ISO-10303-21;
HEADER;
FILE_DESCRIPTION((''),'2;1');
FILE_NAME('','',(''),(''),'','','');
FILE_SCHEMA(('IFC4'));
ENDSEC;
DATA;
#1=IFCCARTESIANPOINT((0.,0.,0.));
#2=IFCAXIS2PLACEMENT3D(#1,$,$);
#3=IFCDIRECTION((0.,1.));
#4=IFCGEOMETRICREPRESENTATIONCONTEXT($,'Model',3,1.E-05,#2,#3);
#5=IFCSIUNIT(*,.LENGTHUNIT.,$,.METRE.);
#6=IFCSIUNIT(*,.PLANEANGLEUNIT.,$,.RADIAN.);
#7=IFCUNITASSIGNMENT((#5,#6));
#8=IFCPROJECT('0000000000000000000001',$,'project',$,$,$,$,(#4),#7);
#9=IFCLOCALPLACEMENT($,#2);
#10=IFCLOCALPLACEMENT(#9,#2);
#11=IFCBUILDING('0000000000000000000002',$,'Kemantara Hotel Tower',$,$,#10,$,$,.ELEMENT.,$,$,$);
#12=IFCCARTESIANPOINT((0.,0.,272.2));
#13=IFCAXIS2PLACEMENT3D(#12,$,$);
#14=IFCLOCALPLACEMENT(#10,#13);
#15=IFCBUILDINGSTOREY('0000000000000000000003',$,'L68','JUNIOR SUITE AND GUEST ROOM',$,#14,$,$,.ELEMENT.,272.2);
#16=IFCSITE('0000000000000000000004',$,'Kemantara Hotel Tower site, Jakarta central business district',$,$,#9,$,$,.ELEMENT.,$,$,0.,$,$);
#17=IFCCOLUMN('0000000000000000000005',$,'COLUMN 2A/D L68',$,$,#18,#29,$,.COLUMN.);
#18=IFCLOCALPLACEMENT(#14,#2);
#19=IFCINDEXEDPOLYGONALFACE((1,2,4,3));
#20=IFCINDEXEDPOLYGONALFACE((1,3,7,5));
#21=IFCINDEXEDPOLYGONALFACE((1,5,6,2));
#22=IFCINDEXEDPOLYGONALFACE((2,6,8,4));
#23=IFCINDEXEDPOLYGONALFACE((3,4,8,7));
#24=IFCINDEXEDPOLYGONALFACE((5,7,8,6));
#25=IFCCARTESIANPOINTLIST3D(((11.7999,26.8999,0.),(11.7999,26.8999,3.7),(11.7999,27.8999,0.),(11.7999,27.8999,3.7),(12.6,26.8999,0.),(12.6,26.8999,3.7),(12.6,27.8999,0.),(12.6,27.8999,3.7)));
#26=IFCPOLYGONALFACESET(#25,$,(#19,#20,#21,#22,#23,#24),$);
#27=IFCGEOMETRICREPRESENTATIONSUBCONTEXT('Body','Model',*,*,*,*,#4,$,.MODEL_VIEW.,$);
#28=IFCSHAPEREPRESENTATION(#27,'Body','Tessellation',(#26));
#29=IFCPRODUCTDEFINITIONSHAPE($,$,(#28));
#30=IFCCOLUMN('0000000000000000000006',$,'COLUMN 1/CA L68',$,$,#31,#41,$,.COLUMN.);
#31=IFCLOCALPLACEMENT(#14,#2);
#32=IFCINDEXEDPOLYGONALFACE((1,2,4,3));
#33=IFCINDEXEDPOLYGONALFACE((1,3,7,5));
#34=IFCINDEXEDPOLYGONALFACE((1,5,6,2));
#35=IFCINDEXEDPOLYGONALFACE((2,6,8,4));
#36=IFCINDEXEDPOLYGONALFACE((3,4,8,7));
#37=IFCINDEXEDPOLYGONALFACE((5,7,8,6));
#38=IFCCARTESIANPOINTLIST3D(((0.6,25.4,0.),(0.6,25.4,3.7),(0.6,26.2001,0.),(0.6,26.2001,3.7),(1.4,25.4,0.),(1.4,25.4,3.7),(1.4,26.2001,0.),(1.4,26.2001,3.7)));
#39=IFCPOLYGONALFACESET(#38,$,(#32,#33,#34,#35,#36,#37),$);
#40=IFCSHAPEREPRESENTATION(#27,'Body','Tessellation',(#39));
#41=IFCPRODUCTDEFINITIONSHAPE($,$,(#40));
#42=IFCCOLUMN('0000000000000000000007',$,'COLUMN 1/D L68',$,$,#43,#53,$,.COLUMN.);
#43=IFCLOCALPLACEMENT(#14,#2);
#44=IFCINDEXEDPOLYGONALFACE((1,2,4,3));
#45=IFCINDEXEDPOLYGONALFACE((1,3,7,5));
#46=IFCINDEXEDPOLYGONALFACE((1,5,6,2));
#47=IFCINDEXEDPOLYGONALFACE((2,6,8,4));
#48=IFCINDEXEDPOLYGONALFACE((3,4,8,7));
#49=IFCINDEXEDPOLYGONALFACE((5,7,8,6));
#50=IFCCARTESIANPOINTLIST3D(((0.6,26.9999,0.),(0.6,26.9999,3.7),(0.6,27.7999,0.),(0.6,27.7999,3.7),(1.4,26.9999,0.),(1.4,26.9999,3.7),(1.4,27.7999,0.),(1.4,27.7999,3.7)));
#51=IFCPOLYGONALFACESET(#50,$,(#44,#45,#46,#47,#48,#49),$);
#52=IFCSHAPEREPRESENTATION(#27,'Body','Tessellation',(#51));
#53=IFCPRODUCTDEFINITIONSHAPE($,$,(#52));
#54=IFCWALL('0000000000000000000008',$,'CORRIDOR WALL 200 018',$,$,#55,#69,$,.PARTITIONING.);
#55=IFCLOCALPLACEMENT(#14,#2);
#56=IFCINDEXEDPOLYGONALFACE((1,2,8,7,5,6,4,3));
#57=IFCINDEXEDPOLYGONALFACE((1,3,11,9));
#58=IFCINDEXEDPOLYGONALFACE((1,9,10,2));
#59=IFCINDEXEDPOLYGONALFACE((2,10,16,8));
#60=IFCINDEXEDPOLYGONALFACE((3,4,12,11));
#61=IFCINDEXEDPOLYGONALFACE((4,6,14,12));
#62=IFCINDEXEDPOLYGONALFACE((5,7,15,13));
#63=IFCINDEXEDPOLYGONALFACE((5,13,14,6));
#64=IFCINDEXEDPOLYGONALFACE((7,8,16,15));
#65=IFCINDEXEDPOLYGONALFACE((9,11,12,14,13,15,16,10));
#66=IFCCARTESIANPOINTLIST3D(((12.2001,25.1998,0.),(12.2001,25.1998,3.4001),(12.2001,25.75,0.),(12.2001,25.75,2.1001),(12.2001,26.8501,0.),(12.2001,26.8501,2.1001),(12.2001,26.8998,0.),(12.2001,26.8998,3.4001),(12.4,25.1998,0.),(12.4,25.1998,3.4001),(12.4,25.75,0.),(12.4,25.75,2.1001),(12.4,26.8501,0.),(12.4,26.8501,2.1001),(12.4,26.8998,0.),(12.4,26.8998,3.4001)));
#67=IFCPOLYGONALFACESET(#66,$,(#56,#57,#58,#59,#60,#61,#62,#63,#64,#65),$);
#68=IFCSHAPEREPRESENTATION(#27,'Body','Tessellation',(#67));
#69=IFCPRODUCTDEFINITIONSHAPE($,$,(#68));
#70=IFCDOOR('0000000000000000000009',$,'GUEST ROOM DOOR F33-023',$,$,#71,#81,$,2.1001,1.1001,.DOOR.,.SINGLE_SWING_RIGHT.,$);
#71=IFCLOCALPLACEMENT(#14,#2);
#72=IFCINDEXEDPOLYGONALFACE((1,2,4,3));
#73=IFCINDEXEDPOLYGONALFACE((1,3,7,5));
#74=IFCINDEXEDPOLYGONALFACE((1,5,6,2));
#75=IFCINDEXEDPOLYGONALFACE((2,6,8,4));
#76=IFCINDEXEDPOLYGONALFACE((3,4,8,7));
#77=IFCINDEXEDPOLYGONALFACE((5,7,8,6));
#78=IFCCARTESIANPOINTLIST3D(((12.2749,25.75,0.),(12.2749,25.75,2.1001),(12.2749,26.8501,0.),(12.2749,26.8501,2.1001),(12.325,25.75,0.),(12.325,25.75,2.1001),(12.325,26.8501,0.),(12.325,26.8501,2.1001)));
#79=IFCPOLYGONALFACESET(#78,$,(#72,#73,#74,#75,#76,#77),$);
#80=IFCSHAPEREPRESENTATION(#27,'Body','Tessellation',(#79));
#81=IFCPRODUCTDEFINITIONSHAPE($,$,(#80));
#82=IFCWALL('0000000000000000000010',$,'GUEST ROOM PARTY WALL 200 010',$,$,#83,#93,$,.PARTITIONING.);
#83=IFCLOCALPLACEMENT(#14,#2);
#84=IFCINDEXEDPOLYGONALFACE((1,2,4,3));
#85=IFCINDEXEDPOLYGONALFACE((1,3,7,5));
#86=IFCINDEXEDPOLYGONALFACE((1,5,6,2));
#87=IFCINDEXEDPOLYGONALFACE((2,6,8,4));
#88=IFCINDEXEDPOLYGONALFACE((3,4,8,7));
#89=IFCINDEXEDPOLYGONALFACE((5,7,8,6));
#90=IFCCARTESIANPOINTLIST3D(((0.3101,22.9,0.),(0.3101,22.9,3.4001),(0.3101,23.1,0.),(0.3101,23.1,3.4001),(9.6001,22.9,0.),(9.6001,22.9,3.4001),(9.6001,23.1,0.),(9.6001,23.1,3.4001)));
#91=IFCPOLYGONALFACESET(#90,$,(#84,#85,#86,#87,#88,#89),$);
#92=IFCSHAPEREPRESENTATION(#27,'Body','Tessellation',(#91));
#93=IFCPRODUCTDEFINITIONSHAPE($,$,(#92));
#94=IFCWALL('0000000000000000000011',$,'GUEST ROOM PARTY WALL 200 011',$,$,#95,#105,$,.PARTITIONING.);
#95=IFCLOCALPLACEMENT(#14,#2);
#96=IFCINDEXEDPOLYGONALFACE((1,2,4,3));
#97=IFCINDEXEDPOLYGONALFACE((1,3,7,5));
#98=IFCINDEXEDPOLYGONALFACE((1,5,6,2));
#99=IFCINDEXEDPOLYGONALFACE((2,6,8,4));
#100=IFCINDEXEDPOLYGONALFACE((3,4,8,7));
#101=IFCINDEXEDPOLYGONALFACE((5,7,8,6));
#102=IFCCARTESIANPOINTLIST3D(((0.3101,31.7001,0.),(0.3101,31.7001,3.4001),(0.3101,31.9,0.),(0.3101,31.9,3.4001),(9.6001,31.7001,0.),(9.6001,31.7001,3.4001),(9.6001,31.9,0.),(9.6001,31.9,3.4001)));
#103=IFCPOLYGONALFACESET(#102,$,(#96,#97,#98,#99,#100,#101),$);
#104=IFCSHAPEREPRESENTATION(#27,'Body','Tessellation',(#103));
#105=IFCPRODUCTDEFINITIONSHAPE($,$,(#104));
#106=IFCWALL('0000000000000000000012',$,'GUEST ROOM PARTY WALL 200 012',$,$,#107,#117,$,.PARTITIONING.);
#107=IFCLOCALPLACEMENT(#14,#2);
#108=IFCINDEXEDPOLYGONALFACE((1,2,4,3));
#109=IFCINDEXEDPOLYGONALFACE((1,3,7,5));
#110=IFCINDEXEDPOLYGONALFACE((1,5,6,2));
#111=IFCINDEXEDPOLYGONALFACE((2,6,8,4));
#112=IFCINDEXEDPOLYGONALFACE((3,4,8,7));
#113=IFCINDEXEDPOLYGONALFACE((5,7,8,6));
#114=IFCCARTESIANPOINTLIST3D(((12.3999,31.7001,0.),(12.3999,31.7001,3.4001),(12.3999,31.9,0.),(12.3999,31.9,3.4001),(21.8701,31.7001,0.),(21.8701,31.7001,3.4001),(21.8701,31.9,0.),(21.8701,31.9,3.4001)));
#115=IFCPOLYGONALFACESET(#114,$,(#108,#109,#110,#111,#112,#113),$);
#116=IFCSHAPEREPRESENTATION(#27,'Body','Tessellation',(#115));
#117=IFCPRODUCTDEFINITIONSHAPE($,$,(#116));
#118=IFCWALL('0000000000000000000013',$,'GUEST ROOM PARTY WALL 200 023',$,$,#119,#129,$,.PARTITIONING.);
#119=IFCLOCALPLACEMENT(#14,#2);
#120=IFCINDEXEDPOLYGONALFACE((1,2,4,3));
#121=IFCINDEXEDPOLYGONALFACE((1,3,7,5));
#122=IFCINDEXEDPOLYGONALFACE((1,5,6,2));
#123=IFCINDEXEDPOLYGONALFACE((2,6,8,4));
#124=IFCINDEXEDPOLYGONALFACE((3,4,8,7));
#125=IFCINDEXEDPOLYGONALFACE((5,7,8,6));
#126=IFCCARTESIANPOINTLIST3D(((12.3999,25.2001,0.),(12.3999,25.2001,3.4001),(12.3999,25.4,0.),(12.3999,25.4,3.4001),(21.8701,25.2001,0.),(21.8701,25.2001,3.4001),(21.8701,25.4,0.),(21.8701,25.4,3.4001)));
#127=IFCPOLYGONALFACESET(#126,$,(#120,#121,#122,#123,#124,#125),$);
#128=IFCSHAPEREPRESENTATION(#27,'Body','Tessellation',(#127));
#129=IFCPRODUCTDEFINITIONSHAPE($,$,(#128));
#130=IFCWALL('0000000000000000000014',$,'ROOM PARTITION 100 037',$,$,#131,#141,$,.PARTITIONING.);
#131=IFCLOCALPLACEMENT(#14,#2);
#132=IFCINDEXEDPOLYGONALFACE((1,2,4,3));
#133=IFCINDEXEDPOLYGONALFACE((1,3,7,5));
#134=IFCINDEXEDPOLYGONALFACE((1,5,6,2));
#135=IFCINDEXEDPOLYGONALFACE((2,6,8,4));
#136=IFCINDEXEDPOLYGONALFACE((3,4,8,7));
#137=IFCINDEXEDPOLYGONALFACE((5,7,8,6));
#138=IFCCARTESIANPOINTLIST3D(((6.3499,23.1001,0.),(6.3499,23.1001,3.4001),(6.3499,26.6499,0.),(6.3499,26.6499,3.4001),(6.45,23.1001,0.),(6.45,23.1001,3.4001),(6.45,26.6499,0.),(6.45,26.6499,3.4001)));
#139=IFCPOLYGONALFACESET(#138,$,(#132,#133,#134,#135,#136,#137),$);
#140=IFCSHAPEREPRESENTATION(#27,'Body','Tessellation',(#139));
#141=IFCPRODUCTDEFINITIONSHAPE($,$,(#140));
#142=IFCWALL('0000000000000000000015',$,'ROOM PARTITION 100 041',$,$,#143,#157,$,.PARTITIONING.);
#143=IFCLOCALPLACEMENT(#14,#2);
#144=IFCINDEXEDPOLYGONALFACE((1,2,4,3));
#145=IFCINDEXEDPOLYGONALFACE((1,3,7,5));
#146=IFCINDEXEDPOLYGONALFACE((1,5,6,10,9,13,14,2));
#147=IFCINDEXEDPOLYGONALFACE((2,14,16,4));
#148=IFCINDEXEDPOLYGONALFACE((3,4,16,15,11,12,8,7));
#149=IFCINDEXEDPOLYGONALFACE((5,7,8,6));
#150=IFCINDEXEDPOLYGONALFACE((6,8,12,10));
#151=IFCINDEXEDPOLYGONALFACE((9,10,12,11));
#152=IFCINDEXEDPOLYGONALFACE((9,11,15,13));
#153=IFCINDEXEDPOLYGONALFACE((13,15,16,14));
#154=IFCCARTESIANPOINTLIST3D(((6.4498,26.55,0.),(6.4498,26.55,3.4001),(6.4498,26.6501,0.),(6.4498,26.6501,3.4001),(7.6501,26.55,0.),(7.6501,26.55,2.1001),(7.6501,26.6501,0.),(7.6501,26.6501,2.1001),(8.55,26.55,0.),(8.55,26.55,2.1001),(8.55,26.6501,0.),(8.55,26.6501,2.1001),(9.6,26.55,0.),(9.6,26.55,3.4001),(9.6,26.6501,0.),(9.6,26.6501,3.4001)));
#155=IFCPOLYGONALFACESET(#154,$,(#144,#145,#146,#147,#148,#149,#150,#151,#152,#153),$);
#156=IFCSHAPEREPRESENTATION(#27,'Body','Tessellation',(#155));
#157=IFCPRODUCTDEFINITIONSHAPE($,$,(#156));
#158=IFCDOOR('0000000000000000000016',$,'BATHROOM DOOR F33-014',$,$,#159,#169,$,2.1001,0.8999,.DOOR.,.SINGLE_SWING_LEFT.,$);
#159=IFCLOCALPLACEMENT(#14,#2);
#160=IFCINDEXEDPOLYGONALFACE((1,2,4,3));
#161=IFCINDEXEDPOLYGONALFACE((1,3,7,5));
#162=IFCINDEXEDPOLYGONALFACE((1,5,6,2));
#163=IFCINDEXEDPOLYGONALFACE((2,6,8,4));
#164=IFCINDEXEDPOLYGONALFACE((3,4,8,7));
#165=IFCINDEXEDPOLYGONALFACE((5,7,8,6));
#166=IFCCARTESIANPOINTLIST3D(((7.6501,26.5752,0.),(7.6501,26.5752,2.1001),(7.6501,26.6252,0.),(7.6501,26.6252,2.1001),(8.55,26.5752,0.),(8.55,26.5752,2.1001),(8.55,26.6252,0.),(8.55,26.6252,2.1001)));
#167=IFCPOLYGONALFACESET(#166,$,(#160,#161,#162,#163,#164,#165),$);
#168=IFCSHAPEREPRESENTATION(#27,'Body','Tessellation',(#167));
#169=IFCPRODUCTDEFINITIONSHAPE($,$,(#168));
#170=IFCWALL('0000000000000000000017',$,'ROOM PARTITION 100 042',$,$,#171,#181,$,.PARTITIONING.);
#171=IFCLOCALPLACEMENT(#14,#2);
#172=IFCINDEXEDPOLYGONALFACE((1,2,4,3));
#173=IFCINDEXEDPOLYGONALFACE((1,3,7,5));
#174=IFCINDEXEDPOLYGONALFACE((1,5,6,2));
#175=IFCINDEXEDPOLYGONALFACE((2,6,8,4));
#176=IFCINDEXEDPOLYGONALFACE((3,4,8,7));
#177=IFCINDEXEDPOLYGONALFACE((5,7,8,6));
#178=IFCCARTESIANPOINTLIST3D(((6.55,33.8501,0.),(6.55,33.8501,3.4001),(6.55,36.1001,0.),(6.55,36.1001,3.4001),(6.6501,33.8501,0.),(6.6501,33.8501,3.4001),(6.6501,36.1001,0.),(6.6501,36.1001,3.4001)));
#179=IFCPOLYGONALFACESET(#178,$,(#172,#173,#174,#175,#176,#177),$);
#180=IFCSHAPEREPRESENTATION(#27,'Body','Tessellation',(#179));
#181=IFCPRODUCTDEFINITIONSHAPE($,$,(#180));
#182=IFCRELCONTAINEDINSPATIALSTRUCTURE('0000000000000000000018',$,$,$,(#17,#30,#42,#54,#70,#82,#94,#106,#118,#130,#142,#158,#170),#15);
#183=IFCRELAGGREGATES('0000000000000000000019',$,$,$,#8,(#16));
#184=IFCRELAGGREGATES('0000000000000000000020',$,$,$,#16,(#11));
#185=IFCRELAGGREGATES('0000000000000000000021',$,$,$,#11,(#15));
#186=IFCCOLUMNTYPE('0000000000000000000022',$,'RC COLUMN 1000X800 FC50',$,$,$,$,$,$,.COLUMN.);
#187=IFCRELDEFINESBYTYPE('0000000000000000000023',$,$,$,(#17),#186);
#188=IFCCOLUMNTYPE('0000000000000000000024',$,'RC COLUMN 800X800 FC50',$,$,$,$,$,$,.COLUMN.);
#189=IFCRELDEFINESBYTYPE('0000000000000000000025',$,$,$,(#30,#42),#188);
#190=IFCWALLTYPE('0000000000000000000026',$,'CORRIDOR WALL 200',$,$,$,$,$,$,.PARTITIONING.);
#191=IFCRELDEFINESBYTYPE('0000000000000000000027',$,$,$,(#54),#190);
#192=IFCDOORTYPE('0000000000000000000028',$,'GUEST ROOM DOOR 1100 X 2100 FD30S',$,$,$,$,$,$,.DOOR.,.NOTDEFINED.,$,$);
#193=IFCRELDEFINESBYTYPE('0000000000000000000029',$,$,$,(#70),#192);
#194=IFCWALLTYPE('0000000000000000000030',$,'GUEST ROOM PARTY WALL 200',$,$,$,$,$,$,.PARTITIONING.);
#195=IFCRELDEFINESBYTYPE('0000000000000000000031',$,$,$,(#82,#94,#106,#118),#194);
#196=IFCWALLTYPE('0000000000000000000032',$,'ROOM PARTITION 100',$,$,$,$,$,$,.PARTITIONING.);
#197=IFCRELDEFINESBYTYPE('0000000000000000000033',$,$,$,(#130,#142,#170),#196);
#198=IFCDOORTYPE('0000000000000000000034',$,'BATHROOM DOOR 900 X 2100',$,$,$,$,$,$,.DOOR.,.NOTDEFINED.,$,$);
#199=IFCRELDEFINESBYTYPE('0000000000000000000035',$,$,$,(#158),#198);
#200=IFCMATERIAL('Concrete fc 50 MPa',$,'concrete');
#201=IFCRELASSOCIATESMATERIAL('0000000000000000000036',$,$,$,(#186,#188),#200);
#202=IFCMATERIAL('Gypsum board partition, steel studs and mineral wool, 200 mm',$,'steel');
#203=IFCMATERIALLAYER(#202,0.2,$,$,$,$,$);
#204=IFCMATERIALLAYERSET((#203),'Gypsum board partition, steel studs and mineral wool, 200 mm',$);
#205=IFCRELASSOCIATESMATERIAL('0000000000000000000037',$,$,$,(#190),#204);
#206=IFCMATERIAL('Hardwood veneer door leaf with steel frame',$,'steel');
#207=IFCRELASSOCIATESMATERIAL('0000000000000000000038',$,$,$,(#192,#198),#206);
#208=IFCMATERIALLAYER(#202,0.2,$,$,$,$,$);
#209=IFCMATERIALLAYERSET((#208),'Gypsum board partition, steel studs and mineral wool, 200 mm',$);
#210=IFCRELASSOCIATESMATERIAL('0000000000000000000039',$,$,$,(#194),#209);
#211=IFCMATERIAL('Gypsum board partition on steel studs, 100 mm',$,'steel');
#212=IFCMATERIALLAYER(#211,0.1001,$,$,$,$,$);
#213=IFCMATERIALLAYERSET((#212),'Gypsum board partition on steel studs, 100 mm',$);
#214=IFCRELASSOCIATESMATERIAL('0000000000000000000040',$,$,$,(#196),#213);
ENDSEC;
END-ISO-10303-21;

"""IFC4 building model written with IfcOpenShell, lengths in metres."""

from ifc_helpers import new_model, si_unit, direction, frame, frame_2d, origin, origin_2d, place, context, subcontext, project, spatial, rectangle, extrude, material, layer, layer_set, material_profile, profile_set, type_object, element, fill, save


model = new_model("IFC4")

# Units and contexts
model_context = context("Model", 3, precision=1e-05, world=origin(), true_north=direction((0.0, 1.0)))
body_context = subcontext(model_context, "Body", "Model", "MODEL_VIEW")
ifc_project = project(units=[si_unit("LENGTHUNIT", "METRE"), si_unit("PLANEANGLEUNIT", "RADIAN")], contexts=[model_context])

# Site, building, storey
site_placement = place(None, origin())
site = spatial("IfcSite", under=ifc_project, at=site_placement, Name="Kemantara Hotel Tower site, Jakarta central business district", CompositionType="ELEMENT", RefElevation=0.0)
building_placement = place(site_placement, origin())
building = spatial("IfcBuilding", under=site, at=building_placement, Name="Kemantara Hotel Tower", CompositionType="ELEMENT")
storey_placement = place(building_placement, frame((0.0, 0.0, 272.2)))
storey = spatial("IfcBuildingStorey", under=building, at=storey_placement, Name="L68", Description="JUNIOR SUITE AND GUEST ROOM", CompositionType="ELEMENT", Elevation=272.2)

# Columns
ifc_material_1 = material(Name="Concrete fc 50 MPa", Category="concrete")
ifc_material_profile_1 = material_profile(ifc_material_1, rectangle(XDim=1.0, YDim=0.8, at=origin_2d()), Name="RC 1000X800")
ifc_profile_set_1 = profile_set([ifc_material_profile_1], Name="Concrete fc 50 MPa")
column_type_1 = type_object("IfcColumnType", Name="RC COLUMN 1000X800 FC50", PredefinedType="COLUMN", material=ifc_profile_set_1)
column_placement = place(storey_placement, frame((12.2, 27.3999, 0.0), z_axis=(0.0, 0.0, 1.0), x_axis=(0.0, 1.0, 0.0)))
element("IfcColumn", 1, at=column_placement, inside=storey, type_object=column_type_1, Name="COLUMN 2A/D L68", PredefinedType="COLUMN", context=body_context, shape_type="SweptSolid", body=[
    extrude(rectangle(XDim=1.0, YDim=0.8, at=origin_2d()), origin(), (0.0, 0.0, 1.0), 3.7),
])
ifc_material_profile_2 = material_profile(ifc_material_1, rectangle(XDim=0.8, YDim=0.8, at=origin_2d()), Name="RC 800X800")
ifc_profile_set_2 = profile_set([ifc_material_profile_2], Name="Concrete fc 50 MPa")
column_type_2 = type_object("IfcColumnType", Name="RC COLUMN 800X800 FC50", PredefinedType="COLUMN", material=ifc_profile_set_2)
for number, where, z_axis, x_axis, name in (
    (2, (1.0, 25.8, 0.0), (0.0, 0.0, 1.0), (1.0, 0.0, 0.0), "COLUMN 1/CA L68"),
    (3, (1.0, 27.3999, 0.0), (0.0, 0.0, 1.0), (1.0, 0.0, 0.0), "COLUMN 1/D L68"),
):
    element("IfcColumn", number, at=place(storey_placement, frame(where, z_axis=z_axis, x_axis=x_axis)), inside=storey, type_object=column_type_2, Name=name, PredefinedType="COLUMN", context=body_context, shape_type="SweptSolid", body=[
        extrude(rectangle(XDim=0.8, YDim=0.8, at=origin_2d()), origin(), (0.0, 0.0, 1.0), 3.7),
    ])

# Wall, opening, door
ifc_material_2 = material(Name="Gypsum board partition, steel studs and mineral wool, 200 mm", Category="steel")
ifc_layer_1 = layer(ifc_material_2, 0.2)
ifc_layer_set_1 = layer_set([ifc_layer_1], Name="Gypsum board partition, steel studs and mineral wool, 200 mm")
wall_type_1 = type_object("IfcWallType", Name="CORRIDOR WALL 200", PredefinedType="PARTITIONING", material=ifc_layer_set_1)
wall_1_placement = place(storey_placement, frame((12.3, 26.8999, 0.0), z_axis=(0.0, 0.0, 1.0), x_axis=(0.0, -1.0, 0.0)))
wall_1 = element("IfcWall", 4, at=wall_1_placement, inside=storey, type_object=wall_type_1, Name="CORRIDOR WALL 200 018", PredefinedType="PARTITIONING", context=body_context, shape_type="SweptSolid", body=[
    extrude(rectangle(XDim=1.7, YDim=0.2, at=frame_2d((0.8501, 0.0))), origin(), (0.0, 0.0, 1.0), 3.4001),
])
opening_1_placement = place(wall_1_placement, frame((0.0498, 0.0, 0.0)))
opening_1 = element("IfcOpeningElement", 5, at=opening_1_placement, cuts=wall_1, PredefinedType="OPENING", context=body_context, shape_type="SweptSolid", body=[
    extrude(rectangle(XDim=1.1001, YDim=2.1001, at=frame_2d((0.55, 1.05))), frame((0.0, 0.1099, 0.0), z_axis=(0.0, -1.0, 0.0), x_axis=(1.0, 0.0, 0.0)), (0.0, 0.0, 1.0), 0.22),
])
ifc_material_3 = material(Name="Hardwood veneer door leaf with steel frame", Category="steel")
door_type_1 = type_object("IfcDoorType", Name="GUEST ROOM DOOR 1100 X 2100 FD30S", OperationType="NOTDEFINED", PredefinedType="DOOR", material=ifc_material_3)
door_1_placement = place(opening_1_placement, origin())
door_1 = element("IfcDoor", 6, at=door_1_placement, inside=storey, type_object=door_type_1, Name="GUEST ROOM DOOR F33-023", OperationType="SINGLE_SWING_RIGHT", OverallHeight=2.1001, OverallWidth=1.1001, PredefinedType="DOOR", context=body_context, shape_type="SweptSolid", body=[
    extrude(rectangle(XDim=1.1001, YDim=2.1001, at=frame_2d((0.55, 1.05))), frame((0.0, 0.0249, 0.0), z_axis=(0.0, -1.0, 0.0), x_axis=(1.0, 0.0, 0.0)), (0.0, 0.0, 1.0), 0.05),
])
fill(opening_1, door_1)

# Walls
ifc_layer_2 = layer(ifc_material_2, 0.2)
ifc_layer_set_2 = layer_set([ifc_layer_2], Name="Gypsum board partition, steel studs and mineral wool, 200 mm")
wall_type_2 = type_object("IfcWallType", Name="GUEST ROOM PARTY WALL 200", PredefinedType="PARTITIONING", material=ifc_layer_set_2)
for number, where, z_axis, x_axis, name in (
    (7, (0.3101, 23.0, 0.0), (0.0, 0.0, 1.0), (1.0, 0.0, 0.0), "GUEST ROOM PARTY WALL 200 010"),
    (8, (0.3101, 31.8, 0.0), (0.0, 0.0, 1.0), (1.0, 0.0, 0.0), "GUEST ROOM PARTY WALL 200 011"),
):
    element("IfcWall", number, at=place(storey_placement, frame(where, z_axis=z_axis, x_axis=x_axis)), inside=storey, type_object=wall_type_2, Name=name, PredefinedType="PARTITIONING", context=body_context, shape_type="SweptSolid", body=[
        extrude(rectangle(XDim=9.29, YDim=0.2, at=frame_2d((4.645, 0.0))), origin(), (0.0, 0.0, 1.0), 3.4001),
    ])
for number, where, z_axis, x_axis, name in (
    (9, (12.3999, 31.8, 0.0), (0.0, 0.0, 1.0), (1.0, 0.0, 0.0), "GUEST ROOM PARTY WALL 200 012"),
    (10, (12.3999, 25.3, 0.0), (0.0, 0.0, 1.0), (1.0, 0.0, 0.0), "GUEST ROOM PARTY WALL 200 023"),
):
    element("IfcWall", number, at=place(storey_placement, frame(where, z_axis=z_axis, x_axis=x_axis)), inside=storey, type_object=wall_type_2, Name=name, PredefinedType="PARTITIONING", context=body_context, shape_type="SweptSolid", body=[
        extrude(rectangle(XDim=9.4702, YDim=0.2, at=frame_2d((4.7351, 0.0))), origin(), (0.0, 0.0, 1.0), 3.4001),
    ])
ifc_material_4 = material(Name="Gypsum board partition on steel studs, 100 mm", Category="steel")
ifc_layer_3 = layer(ifc_material_4, 0.1001)
ifc_layer_set_3 = layer_set([ifc_layer_3], Name="Gypsum board partition on steel studs, 100 mm")
wall_type_3 = type_object("IfcWallType", Name="ROOM PARTITION 100", PredefinedType="PARTITIONING", material=ifc_layer_set_3)
wall_2_placement = place(storey_placement, frame((6.3999, 23.1001, 0.0), z_axis=(0.0, 0.0, 1.0), x_axis=(0.0, 1.0, 0.0)))
element("IfcWall", 11, at=wall_2_placement, inside=storey, type_object=wall_type_3, Name="ROOM PARTITION 100 037", PredefinedType="PARTITIONING", context=body_context, shape_type="SweptSolid", body=[
    extrude(rectangle(XDim=3.5498, YDim=0.1001, at=frame_2d((1.7749, 0.0))), origin(), (0.0, 0.0, 1.0), 3.4001),
])

# Wall, opening, door
wall_3_placement = place(storey_placement, frame((9.6001, 26.6001, 0.0), z_axis=(0.0, 0.0, 1.0), x_axis=(-1.0, 0.0, 0.0)))
wall_3 = element("IfcWall", 12, at=wall_3_placement, inside=storey, type_object=wall_type_3, Name="ROOM PARTITION 100 041", PredefinedType="PARTITIONING", context=body_context, shape_type="SweptSolid", body=[
    extrude(rectangle(XDim=3.1501, YDim=0.1001, at=frame_2d((1.5752, 0.0))), origin(), (0.0, 0.0, 1.0), 3.4001),
])
opening_2_placement = place(wall_3_placement, frame((1.05, 0.0, 0.0)))
opening_2 = element("IfcOpeningElement", 13, at=opening_2_placement, cuts=wall_3, PredefinedType="OPENING", context=body_context, shape_type="SweptSolid", body=[
    extrude(rectangle(XDim=0.8999, YDim=2.1001, at=frame_2d((0.45, 1.05))), frame((0.0, 0.0601, 0.0), z_axis=(0.0, -1.0, 0.0), x_axis=(1.0, 0.0, 0.0)), (0.0, 0.0, 1.0), 0.1201),
])
door_type_2 = type_object("IfcDoorType", Name="BATHROOM DOOR 900 X 2100", OperationType="NOTDEFINED", PredefinedType="DOOR", material=ifc_material_3)
door_2_placement = place(opening_2_placement, origin())
door_2 = element("IfcDoor", 14, at=door_2_placement, inside=storey, type_object=door_type_2, Name="BATHROOM DOOR F33-014", OperationType="SINGLE_SWING_LEFT", OverallHeight=2.1001, OverallWidth=0.8999, PredefinedType="DOOR", context=body_context, shape_type="SweptSolid", body=[
    extrude(rectangle(XDim=0.8999, YDim=2.1001, at=frame_2d((0.45, 1.05))), frame((0.0, 0.0249, 0.0), z_axis=(0.0, -1.0, 0.0), x_axis=(1.0, 0.0, 0.0)), (0.0, 0.0, 1.0), 0.05),
])
fill(opening_2, door_2)

# Wall
wall_4_placement = place(storey_placement, frame((6.6001, 33.8501, 0.0), z_axis=(0.0, 0.0, 1.0), x_axis=(0.0, 1.0, 0.0)))
element("IfcWall", 15, at=wall_4_placement, inside=storey, type_object=wall_type_3, Name="ROOM PARTITION 100 042", PredefinedType="PARTITIONING", context=body_context, shape_type="SweptSolid", body=[
    extrude(rectangle(XDim=2.25, YDim=0.1001, at=frame_2d((1.125, 0.0))), origin(), (0.0, 0.0, 1.0), 3.4001),
])

save(model, "model.ifc")
